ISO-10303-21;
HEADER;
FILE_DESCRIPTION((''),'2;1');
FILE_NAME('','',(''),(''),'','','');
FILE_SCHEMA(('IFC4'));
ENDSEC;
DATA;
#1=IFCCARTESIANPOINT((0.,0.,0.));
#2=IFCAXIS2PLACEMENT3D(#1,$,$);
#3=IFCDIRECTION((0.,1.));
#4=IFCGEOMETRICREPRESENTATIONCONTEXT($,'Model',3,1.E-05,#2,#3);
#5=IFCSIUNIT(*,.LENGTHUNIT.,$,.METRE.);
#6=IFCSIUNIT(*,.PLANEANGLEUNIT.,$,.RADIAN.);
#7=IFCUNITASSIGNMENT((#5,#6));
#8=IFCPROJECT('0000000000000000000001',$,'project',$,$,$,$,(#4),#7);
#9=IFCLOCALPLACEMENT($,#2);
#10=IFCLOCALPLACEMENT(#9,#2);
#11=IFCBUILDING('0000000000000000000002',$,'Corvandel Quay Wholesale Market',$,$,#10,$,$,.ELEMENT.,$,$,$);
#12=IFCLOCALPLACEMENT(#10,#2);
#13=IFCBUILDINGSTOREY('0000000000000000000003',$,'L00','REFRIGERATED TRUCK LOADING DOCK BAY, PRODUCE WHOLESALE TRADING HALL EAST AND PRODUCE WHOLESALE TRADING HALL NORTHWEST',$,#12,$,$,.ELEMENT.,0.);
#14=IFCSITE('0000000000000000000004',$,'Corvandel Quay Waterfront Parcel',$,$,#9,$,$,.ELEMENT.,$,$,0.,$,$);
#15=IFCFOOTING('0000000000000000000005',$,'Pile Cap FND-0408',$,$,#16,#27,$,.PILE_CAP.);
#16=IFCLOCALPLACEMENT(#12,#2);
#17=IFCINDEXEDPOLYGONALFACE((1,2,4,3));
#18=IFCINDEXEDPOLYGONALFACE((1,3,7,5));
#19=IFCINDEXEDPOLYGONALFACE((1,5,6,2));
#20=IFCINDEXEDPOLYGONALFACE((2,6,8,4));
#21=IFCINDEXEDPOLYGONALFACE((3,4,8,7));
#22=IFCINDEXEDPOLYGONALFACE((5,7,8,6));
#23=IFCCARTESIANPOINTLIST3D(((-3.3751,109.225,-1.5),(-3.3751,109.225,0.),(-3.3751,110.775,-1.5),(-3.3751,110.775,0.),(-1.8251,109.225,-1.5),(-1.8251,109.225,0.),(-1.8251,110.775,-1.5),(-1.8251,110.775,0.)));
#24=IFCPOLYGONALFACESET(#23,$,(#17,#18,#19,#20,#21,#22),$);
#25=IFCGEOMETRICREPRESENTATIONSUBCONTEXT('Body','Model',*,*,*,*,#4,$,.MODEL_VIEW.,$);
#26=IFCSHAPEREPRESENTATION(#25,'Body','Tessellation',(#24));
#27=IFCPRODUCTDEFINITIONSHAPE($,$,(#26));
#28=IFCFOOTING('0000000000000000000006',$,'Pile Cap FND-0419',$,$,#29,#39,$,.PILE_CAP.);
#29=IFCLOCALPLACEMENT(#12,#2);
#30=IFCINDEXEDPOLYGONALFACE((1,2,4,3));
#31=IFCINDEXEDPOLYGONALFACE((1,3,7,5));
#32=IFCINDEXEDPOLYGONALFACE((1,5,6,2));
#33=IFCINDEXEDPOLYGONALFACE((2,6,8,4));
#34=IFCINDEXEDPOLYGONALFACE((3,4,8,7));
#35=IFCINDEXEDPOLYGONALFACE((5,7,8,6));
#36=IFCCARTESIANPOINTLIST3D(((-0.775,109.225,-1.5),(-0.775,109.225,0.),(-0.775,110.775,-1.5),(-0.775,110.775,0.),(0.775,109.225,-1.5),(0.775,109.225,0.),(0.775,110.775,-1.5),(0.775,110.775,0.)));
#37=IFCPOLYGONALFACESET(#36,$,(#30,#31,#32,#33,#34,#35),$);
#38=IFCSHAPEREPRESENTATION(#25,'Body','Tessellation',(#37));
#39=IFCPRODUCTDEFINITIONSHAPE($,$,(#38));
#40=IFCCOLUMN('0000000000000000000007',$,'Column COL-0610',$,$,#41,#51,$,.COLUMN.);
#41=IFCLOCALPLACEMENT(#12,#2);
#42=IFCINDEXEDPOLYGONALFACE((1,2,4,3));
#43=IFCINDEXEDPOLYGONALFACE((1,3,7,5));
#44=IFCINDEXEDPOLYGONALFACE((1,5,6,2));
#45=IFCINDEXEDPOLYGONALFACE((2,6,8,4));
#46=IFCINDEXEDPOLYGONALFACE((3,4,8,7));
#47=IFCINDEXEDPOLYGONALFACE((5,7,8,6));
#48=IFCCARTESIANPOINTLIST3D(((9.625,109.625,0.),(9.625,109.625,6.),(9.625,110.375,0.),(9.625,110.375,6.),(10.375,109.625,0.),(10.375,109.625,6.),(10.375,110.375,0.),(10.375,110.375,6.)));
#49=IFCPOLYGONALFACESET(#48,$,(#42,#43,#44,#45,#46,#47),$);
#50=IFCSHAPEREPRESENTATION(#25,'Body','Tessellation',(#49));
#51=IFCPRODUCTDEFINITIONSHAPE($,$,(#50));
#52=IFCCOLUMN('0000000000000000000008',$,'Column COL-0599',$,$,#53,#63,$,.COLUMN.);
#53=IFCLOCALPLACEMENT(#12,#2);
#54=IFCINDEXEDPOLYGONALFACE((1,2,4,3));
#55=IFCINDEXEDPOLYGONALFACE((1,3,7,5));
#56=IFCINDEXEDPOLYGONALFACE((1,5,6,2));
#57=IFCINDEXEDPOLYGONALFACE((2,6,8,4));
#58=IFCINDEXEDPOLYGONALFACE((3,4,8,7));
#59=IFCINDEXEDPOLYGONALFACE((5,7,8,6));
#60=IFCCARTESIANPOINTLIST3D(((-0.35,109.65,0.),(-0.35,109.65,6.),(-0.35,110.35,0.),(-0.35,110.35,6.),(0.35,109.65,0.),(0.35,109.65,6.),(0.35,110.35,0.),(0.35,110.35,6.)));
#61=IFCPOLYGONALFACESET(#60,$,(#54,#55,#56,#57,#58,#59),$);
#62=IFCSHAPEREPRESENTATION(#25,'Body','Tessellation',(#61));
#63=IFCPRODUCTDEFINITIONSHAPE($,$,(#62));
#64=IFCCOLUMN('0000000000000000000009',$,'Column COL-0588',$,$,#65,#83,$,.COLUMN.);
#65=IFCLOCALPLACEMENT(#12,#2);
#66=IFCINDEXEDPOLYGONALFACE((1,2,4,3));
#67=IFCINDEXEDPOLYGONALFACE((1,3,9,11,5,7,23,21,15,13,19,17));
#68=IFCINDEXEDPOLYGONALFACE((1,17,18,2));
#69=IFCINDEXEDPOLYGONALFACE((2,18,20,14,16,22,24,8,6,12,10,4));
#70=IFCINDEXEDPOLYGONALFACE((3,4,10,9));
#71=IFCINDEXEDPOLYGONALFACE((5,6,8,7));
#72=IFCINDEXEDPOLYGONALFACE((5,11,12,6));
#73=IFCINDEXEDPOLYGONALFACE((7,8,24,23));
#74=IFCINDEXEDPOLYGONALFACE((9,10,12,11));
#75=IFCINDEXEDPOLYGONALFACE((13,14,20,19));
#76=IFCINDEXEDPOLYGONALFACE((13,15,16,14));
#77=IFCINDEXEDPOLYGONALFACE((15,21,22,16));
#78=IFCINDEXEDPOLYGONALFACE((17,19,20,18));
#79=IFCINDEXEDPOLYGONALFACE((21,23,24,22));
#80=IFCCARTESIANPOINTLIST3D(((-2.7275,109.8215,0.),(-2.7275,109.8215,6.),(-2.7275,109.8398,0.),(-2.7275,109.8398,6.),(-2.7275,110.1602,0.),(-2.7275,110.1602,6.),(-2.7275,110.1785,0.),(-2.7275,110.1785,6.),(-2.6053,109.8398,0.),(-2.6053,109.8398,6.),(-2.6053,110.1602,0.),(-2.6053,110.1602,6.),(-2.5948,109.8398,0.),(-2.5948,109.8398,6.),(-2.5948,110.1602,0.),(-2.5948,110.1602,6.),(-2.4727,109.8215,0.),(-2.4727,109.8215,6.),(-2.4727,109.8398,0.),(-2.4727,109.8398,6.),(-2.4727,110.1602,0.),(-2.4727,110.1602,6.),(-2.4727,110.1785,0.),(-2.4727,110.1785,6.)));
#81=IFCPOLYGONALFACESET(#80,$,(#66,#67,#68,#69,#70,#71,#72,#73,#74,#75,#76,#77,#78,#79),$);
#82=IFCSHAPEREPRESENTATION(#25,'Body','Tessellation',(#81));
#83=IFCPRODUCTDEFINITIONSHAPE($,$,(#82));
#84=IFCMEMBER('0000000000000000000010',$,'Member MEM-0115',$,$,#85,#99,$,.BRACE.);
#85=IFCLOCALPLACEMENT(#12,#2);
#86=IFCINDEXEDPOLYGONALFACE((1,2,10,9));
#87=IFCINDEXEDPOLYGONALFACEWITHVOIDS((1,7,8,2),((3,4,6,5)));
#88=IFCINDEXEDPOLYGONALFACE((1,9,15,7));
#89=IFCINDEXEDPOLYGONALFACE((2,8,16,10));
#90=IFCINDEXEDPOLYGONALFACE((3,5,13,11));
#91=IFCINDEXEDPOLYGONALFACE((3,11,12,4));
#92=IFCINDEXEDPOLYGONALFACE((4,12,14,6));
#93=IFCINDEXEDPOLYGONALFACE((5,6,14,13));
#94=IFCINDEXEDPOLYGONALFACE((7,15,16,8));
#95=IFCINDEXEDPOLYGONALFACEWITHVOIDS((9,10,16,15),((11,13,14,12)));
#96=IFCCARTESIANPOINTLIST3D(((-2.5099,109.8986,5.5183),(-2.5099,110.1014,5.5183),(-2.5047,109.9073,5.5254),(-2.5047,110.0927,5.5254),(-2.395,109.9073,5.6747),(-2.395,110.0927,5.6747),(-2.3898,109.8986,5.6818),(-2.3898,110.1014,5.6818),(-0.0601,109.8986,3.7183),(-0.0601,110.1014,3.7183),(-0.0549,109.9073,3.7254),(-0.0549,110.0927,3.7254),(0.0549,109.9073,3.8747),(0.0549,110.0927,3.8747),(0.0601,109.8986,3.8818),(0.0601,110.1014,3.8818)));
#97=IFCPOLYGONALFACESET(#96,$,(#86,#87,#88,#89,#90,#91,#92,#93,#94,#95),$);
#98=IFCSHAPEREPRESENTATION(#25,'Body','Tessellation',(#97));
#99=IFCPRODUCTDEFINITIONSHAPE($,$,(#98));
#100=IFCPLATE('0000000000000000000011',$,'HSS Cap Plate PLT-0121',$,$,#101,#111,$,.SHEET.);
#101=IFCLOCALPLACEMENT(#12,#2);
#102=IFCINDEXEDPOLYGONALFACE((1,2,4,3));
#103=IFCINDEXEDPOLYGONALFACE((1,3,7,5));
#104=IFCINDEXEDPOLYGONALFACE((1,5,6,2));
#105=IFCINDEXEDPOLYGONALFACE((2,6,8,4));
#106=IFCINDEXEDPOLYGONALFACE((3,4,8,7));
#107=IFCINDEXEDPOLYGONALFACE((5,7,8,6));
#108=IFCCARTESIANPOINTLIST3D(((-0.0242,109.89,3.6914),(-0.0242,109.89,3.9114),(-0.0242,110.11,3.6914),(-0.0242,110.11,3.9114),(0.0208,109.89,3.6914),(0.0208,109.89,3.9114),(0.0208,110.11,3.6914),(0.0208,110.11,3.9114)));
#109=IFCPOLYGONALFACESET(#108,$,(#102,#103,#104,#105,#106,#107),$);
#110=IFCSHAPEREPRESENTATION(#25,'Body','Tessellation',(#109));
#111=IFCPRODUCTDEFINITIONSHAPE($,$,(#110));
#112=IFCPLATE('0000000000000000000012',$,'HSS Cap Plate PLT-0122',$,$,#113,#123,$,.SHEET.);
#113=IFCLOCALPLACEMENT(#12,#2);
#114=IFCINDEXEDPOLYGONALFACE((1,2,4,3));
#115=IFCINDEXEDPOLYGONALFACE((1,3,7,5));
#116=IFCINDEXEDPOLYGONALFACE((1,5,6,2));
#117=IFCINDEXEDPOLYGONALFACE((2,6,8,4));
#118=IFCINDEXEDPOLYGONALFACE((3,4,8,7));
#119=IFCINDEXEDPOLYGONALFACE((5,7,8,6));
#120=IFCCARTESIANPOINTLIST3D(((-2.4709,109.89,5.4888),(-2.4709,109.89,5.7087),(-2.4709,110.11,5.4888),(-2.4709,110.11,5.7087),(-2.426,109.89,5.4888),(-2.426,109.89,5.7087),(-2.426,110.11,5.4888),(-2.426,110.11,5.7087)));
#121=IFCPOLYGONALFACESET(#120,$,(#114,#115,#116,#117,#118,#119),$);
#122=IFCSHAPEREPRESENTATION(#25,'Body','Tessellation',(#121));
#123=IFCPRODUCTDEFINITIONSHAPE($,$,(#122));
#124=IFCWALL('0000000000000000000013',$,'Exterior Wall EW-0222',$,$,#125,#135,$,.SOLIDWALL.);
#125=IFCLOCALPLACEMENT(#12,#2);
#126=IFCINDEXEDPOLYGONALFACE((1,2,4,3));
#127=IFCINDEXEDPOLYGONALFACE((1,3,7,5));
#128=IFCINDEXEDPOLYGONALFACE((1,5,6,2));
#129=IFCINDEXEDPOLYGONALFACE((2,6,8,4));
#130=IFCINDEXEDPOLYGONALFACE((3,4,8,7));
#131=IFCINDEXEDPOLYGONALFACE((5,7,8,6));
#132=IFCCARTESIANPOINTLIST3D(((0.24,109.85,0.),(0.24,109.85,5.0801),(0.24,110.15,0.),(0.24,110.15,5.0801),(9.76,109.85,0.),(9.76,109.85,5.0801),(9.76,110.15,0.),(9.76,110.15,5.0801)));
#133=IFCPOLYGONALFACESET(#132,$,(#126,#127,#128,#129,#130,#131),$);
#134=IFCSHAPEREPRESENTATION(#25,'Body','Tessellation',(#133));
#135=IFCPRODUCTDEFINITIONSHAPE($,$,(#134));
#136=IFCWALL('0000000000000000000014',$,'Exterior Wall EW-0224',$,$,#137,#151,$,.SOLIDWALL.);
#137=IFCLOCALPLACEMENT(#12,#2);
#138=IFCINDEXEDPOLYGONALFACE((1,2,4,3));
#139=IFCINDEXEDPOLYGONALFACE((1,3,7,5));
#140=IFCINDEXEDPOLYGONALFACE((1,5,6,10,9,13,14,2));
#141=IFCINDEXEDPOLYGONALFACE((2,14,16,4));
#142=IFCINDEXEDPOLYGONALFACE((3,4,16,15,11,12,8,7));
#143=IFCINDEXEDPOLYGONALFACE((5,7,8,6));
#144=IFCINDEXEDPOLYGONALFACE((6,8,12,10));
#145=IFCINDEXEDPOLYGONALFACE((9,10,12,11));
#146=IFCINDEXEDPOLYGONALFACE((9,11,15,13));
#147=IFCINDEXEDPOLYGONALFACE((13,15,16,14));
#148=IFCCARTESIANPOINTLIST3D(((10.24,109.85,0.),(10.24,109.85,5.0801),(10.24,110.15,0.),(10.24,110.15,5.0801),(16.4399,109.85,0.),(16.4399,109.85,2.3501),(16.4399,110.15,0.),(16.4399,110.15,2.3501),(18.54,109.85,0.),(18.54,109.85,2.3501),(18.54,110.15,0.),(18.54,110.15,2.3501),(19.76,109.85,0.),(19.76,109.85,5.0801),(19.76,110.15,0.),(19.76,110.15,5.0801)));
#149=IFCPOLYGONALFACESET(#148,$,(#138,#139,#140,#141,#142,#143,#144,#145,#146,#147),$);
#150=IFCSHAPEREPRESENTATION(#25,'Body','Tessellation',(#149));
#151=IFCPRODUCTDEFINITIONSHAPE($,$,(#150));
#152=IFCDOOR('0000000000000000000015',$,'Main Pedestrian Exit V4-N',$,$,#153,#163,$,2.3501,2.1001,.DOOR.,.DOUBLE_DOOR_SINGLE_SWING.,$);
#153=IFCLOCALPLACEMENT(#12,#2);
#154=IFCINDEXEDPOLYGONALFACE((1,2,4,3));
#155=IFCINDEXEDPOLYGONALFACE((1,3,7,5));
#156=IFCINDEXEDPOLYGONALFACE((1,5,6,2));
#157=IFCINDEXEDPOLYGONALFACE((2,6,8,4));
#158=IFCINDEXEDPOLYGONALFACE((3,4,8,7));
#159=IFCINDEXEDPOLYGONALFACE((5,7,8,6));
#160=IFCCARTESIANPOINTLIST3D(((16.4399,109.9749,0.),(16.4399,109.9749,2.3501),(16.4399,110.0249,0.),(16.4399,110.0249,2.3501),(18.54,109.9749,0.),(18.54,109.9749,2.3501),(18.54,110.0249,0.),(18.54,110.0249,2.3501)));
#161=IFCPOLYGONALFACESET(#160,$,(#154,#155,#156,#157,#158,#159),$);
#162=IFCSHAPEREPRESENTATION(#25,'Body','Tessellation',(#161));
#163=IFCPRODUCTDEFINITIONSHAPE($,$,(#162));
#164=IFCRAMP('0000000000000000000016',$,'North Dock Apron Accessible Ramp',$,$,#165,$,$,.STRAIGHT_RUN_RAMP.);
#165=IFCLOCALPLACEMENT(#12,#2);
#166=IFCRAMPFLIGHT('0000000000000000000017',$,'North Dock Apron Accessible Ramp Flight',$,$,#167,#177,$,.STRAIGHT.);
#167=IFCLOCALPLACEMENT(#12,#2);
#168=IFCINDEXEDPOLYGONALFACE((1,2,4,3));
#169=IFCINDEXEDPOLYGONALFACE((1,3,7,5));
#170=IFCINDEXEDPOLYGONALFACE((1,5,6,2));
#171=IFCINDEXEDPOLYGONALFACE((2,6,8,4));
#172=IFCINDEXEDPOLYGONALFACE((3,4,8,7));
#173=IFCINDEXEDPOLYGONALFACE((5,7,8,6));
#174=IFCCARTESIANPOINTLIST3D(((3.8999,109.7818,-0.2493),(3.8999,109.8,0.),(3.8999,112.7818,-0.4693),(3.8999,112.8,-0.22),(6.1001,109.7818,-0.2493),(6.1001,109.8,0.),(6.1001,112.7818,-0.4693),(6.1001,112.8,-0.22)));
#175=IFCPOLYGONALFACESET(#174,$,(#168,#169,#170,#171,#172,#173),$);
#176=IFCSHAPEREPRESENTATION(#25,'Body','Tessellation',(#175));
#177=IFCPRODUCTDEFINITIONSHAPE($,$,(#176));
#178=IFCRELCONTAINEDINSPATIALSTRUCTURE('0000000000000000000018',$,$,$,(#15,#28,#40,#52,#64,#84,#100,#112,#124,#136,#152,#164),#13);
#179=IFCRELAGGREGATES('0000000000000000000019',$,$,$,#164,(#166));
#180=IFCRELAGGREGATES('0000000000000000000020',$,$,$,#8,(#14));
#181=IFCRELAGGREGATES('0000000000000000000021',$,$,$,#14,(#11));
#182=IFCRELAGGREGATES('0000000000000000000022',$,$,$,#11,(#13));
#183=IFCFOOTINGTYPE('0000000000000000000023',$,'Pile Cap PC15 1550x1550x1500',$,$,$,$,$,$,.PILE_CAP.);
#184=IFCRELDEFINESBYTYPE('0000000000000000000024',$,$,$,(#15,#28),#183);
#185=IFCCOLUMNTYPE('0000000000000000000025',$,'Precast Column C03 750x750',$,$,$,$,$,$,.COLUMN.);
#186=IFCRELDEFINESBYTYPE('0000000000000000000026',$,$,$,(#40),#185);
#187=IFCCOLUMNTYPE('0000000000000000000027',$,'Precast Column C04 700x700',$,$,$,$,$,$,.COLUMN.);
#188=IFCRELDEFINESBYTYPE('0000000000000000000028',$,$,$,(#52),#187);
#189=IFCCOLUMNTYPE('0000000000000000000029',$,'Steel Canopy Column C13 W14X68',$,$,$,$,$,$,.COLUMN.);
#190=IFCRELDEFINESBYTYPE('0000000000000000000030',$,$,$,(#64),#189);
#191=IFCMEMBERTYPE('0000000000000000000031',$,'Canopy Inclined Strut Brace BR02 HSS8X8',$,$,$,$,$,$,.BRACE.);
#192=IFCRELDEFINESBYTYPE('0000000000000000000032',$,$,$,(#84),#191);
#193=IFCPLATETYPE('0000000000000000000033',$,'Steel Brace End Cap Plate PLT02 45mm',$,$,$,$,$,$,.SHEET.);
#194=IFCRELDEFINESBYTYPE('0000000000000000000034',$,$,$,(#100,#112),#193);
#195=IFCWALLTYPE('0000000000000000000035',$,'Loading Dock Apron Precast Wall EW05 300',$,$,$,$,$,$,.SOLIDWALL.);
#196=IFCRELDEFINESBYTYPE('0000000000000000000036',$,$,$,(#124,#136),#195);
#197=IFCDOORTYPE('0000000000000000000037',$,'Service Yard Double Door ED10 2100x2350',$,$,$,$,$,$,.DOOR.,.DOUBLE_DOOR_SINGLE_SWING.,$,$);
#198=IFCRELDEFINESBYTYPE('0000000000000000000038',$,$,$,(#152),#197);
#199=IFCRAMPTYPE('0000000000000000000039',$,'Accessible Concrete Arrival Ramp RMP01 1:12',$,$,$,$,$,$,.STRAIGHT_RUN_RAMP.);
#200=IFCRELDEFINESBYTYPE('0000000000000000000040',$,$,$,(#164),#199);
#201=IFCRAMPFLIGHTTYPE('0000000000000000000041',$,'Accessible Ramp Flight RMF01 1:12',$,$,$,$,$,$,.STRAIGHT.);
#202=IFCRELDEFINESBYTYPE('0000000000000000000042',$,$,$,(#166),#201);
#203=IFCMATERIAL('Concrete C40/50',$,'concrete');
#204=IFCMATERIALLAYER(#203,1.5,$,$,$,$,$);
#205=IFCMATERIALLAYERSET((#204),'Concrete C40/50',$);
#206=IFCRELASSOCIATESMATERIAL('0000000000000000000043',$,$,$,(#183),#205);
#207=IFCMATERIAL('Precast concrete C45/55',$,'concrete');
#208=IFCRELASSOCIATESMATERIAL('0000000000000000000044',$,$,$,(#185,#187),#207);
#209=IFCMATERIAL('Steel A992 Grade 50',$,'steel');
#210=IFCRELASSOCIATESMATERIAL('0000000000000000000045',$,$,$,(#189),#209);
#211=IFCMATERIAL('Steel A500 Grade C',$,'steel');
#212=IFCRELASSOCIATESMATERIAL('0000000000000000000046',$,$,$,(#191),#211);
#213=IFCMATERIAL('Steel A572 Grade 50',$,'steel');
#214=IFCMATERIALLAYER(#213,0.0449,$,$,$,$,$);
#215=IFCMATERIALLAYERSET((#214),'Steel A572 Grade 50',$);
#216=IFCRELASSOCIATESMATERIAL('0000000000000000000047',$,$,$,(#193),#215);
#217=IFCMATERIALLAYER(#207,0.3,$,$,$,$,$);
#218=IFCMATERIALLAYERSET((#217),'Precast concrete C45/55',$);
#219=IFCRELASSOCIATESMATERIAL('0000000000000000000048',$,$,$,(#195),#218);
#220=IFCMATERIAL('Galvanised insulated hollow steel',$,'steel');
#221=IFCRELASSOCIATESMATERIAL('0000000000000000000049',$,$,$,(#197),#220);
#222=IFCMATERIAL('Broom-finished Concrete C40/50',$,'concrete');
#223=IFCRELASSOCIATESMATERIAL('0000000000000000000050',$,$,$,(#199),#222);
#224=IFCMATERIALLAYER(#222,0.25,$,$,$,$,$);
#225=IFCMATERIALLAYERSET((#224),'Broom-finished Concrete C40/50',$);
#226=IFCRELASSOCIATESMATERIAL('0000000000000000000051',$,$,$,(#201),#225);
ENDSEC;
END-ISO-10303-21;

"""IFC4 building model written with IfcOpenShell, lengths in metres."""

from ifc_helpers import new_model, si_unit, direction, frame, frame_2d, origin, origin_2d, place, context, subcontext, project, spatial, polyline, rectangle, hollow_rectangle, i_section, outline, extrude, material, layer, layer_set, material_profile, profile_set, type_object, element, fill, aggregate, save


model = new_model("IFC4")

# Units and contexts
model_context = context("Model", 3, precision=1e-05, world=origin(), true_north=direction((0.0, 1.0)))
body_context = subcontext(model_context, "Body", "Model", "MODEL_VIEW")
ifc_project = project(units=[si_unit("LENGTHUNIT", "METRE"), si_unit("PLANEANGLEUNIT", "RADIAN")], contexts=[model_context])

# Site, building, storey
site_placement = place(None, origin())
site = spatial("IfcSite", under=ifc_project, at=site_placement, Name="Corvandel Quay Waterfront Parcel", CompositionType="ELEMENT", RefElevation=0.0)
building_placement = place(site_placement, origin())
building = spatial("IfcBuilding", under=site, at=building_placement, Name="Corvandel Quay Wholesale Market", CompositionType="ELEMENT")
storey_placement = place(building_placement, origin())
storey = spatial("IfcBuildingStorey", under=building, at=storey_placement, Name="L00", Description="REFRIGERATED TRUCK LOADING DOCK BAY, PRODUCE WHOLESALE TRADING HALL EAST AND PRODUCE WHOLESALE TRADING HALL NORTHWEST", CompositionType="ELEMENT", Elevation=0.0)

# Shared definitions
ifc_material_1 = material(Name="Concrete C40/50", Category="concrete")

# Footings
ifc_layer_1 = layer(ifc_material_1, 1.5)
ifc_layer_set_1 = layer_set([ifc_layer_1], Name="Concrete C40/50")
footing_type_1 = type_object("IfcFootingType", Name="Pile Cap PC15 1550x1550x1500", PredefinedType="PILE_CAP", material=ifc_layer_set_1)
for number, where, z_axis, x_axis, name in (
    (1, (-2.6001, 110.0, -1.5), (0.0, 0.0, 1.0), (1.0, 0.0, 0.0), "Pile Cap FND-0408"),
    (2, (0.0, 110.0, -1.5), (0.0, 0.0, 1.0), (1.0, 0.0, 0.0), "Pile Cap FND-0419"),
):
    element("IfcFooting", number, at=place(storey_placement, frame(where, z_axis=z_axis, x_axis=x_axis)), inside=storey, type_object=footing_type_1, Name=name, PredefinedType="PILE_CAP", context=body_context, shape_type="SweptSolid", body=[
        extrude(rectangle(XDim=1.55, YDim=1.55, at=origin_2d()), origin(), (0.0, 0.0, 1.0), 1.5),
    ])

# Columns
ifc_material_2 = material(Name="Precast concrete C45/55", Category="concrete")
ifc_material_profile_1 = material_profile(ifc_material_2, rectangle(XDim=0.75, YDim=0.75, at=origin_2d()), Name="PC-COL-750x750")
ifc_profile_set_1 = profile_set([ifc_material_profile_1], Name="Precast concrete C45/55")
column_type_1 = type_object("IfcColumnType", Name="Precast Column C03 750x750", PredefinedType="COLUMN", material=ifc_profile_set_1)
column_1_placement = place(storey_placement, frame((10.0, 110.0, 0.0), z_axis=(0.0, 0.0, 1.0), x_axis=(1.0, 0.0, 0.0)))
element("IfcColumn", 3, at=column_1_placement, inside=storey, type_object=column_type_1, Name="Column COL-0610", PredefinedType="COLUMN", context=body_context, shape_type="SweptSolid", body=[
    extrude(rectangle(XDim=0.75, YDim=0.75, at=origin_2d()), origin(), (0.0, 0.0, 1.0), 6.0),
])
ifc_material_profile_2 = material_profile(ifc_material_2, rectangle(XDim=0.7, YDim=0.7, at=origin_2d()), Name="PC-COL-700x700")
ifc_profile_set_2 = profile_set([ifc_material_profile_2], Name="Precast concrete C45/55")
column_type_2 = type_object("IfcColumnType", Name="Precast Column C04 700x700", PredefinedType="COLUMN", material=ifc_profile_set_2)
column_2_placement = place(storey_placement, frame((0.0, 110.0, 0.0), z_axis=(0.0, 0.0, 1.0), x_axis=(1.0, 0.0, 0.0)))
element("IfcColumn", 4, at=column_2_placement, inside=storey, type_object=column_type_2, Name="Column COL-0599", PredefinedType="COLUMN", context=body_context, shape_type="SweptSolid", body=[
    extrude(rectangle(XDim=0.7, YDim=0.7, at=origin_2d()), origin(), (0.0, 0.0, 1.0), 6.0),
])
ifc_material_3 = material(Name="Steel A992 Grade 50", Category="steel")
ifc_material_profile_3 = material_profile(ifc_material_3, i_section(OverallWidth=0.2549, OverallDepth=0.3569, WebThickness=0.0105, FlangeThickness=0.0183, at=origin_2d()), Name="W14X68")
ifc_profile_set_3 = profile_set([ifc_material_profile_3], Name="Steel A992 Grade 50")
column_type_3 = type_object("IfcColumnType", Name="Steel Canopy Column C13 W14X68", PredefinedType="COLUMN", material=ifc_profile_set_3)
column_3_placement = place(storey_placement, frame((-2.6001, 110.0, 0.0), z_axis=(0.0, 0.0, 1.0), x_axis=(1.0, 0.0, 0.0)))
element("IfcColumn", 5, at=column_3_placement, inside=storey, type_object=column_type_3, Name="Column COL-0588", PredefinedType="COLUMN", context=body_context, shape_type="SweptSolid", body=[
    extrude(i_section(OverallWidth=0.2549, OverallDepth=0.3569, WebThickness=0.0105, FlangeThickness=0.0183, at=origin_2d()), origin(), (0.0, 0.0, 1.0), 6.0),
])

# Member
ifc_material_4 = material(Name="Steel A500 Grade C", Category="steel")
ifc_material_profile_4 = material_profile(ifc_material_4, hollow_rectangle(XDim=0.2029, YDim=0.2029, WallThickness=0.0088, at=origin_2d()), Name="HSS8X8X3/8")
ifc_profile_set_4 = profile_set([ifc_material_profile_4], Name="Steel A500 Grade C")
member_type = type_object("IfcMemberType", Name="Canopy Inclined Strut Brace BR02 HSS8X8", PredefinedType="BRACE", material=ifc_profile_set_4)
member_placement = place(storey_placement, frame((0.0, 110.0, 3.8), z_axis=(-0.805869, 0.0, 0.592095), x_axis=(0.0, -1.0, 0.0)))
element("IfcMember", 6, at=member_placement, inside=storey, type_object=member_type, Name="Member MEM-0115", PredefinedType="BRACE", context=body_context, shape_type="SweptSolid", body=[
    extrude(hollow_rectangle(XDim=0.2029, YDim=0.2029, WallThickness=0.0088, at=origin_2d()), origin(), (0.0, 0.0, 1.0), 3.04),
])

# Plates
ifc_material_5 = material(Name="Steel A572 Grade 50", Category="steel")
ifc_layer_2 = layer(ifc_material_5, 0.0449)
ifc_layer_set_2 = layer_set([ifc_layer_2], Name="Steel A572 Grade 50")
plate_type = type_object("IfcPlateType", Name="Steel Brace End Cap Plate PLT02 45mm", PredefinedType="SHEET", material=ifc_layer_set_2)
for number, where, z_axis, x_axis, name in (
    (7, (-0.0017, 110.0, 3.6914), (0.0, 0.0, 1.0), (0.0, 1.0, 0.0), "HSS Cap Plate PLT-0121"),
    (8, (-2.4485, 110.0, 5.4888), (0.0, 0.0, 1.0), (0.0, 1.0, 0.0), "HSS Cap Plate PLT-0122"),
):
    element("IfcPlate", number, at=place(storey_placement, frame(where, z_axis=z_axis, x_axis=x_axis)), inside=storey, type_object=plate_type, Name=name, PredefinedType="SHEET", context=body_context, shape_type="SweptSolid", body=[
        extrude(rectangle(XDim=0.22, YDim=0.0449, at=origin_2d()), origin(), (0.0, 0.0, 1.0), 0.22),
    ])

# Wall
ifc_layer_3 = layer(ifc_material_2, 0.3)
ifc_layer_set_3 = layer_set([ifc_layer_3], Name="Precast concrete C45/55")
wall_type = type_object("IfcWallType", Name="Loading Dock Apron Precast Wall EW05 300", PredefinedType="SOLIDWALL", material=ifc_layer_set_3)
wall_1_placement = place(storey_placement, frame((0.24, 110.0, 0.0), z_axis=(0.0, 0.0, 1.0), x_axis=(1.0, 0.0, 0.0)))
element("IfcWall", 9, at=wall_1_placement, inside=storey, type_object=wall_type, Name="Exterior Wall EW-0222", PredefinedType="SOLIDWALL", context=body_context, shape_type="SweptSolid", body=[
    extrude(rectangle(XDim=9.52, YDim=0.3, at=frame_2d((4.76, 0.0))), origin(), (0.0, 0.0, 1.0), 5.0801),
])

# Wall, opening, door
wall_2_placement = place(storey_placement, frame((10.24, 110.0, 0.0), z_axis=(0.0, 0.0, 1.0), x_axis=(1.0, 0.0, 0.0)))
wall_2 = element("IfcWall", 10, at=wall_2_placement, inside=storey, type_object=wall_type, Name="Exterior Wall EW-0224", PredefinedType="SOLIDWALL", context=body_context, shape_type="SweptSolid", body=[
    extrude(rectangle(XDim=9.52, YDim=0.3, at=frame_2d((4.76, 0.0))), origin(), (0.0, 0.0, 1.0), 5.0801),
])
opening_placement = place(wall_2_placement, frame((6.2, 0.0, 0.0)))
opening = element("IfcOpeningElement", 11, at=opening_placement, cuts=wall_2, PredefinedType="OPENING", context=body_context, shape_type="SweptSolid", body=[
    extrude(rectangle(XDim=2.1001, YDim=2.3501, at=frame_2d((1.05, 1.175))), frame((0.0, 0.1599, 0.0), z_axis=(0.0, -1.0, 0.0), x_axis=(1.0, 0.0, 0.0)), (0.0, 0.0, 1.0), 0.3201),
])
ifc_material_6 = material(Name="Galvanised insulated hollow steel", Category="steel")
door_type = type_object("IfcDoorType", Name="Service Yard Double Door ED10 2100x2350", OperationType="DOUBLE_DOOR_SINGLE_SWING", PredefinedType="DOOR", material=ifc_material_6)
door_placement = place(opening_placement, origin())
door = element("IfcDoor", 12, at=door_placement, inside=storey, type_object=door_type, Name="Main Pedestrian Exit V4-N", OperationType="DOUBLE_DOOR_SINGLE_SWING", OverallHeight=2.3501, OverallWidth=2.1001, PredefinedType="DOOR", context=body_context, shape_type="SweptSolid", body=[
    extrude(rectangle(XDim=2.1001, YDim=2.3501, at=frame_2d((1.05, 1.175))), frame((0.0, 0.0249, 0.0), z_axis=(0.0, -1.0, 0.0), x_axis=(1.0, 0.0, 0.0)), (0.0, 0.0, 1.0), 0.05),
])
fill(opening, door)

# Ramp, ramp flight
ifc_material_7 = material(Name="Broom-finished Concrete C40/50", Category="concrete")
ramp_type = type_object("IfcRampType", Name="Accessible Concrete Arrival Ramp RMP01 1:12", PredefinedType="STRAIGHT_RUN_RAMP", material=ifc_material_7)
ramp_placement = place(storey_placement, origin())
ramp = element("IfcRamp", 13, at=ramp_placement, inside=storey, type_object=ramp_type, Name="North Dock Apron Accessible Ramp", PredefinedType="STRAIGHT_RUN_RAMP")
ifc_layer_4 = layer(ifc_material_7, 0.25)
ifc_layer_set_4 = layer_set([ifc_layer_4], Name="Broom-finished Concrete C40/50")
ramp_flight_type = type_object("IfcRampFlightType", Name="Accessible Ramp Flight RMF01 1:12", PredefinedType="STRAIGHT", material=ifc_layer_set_4)
ramp_flight_placement = place(storey_placement, frame((3.8999, 112.8, -0.22), z_axis=(0.0, 0.073127, 0.997323), x_axis=(1.0, 0.0, 0.0)))
ramp_flight = element("IfcRampFlight", 14, at=ramp_flight_placement, type_object=ramp_flight_type, Name="North Dock Apron Accessible Ramp Flight", PredefinedType="STRAIGHT", context=body_context, shape_type="SweptSolid", body=[
    extrude(outline(polyline([(0.0, 0.0), (2.2002, 0.0), (2.2002, -3.0081), (0.0, -3.0081), (0.0, 0.0)])), origin(), (0.0, 0.0, -1.0), 0.25),
])
aggregate(ramp, [ramp_flight])

save(model, "model.ifc")
